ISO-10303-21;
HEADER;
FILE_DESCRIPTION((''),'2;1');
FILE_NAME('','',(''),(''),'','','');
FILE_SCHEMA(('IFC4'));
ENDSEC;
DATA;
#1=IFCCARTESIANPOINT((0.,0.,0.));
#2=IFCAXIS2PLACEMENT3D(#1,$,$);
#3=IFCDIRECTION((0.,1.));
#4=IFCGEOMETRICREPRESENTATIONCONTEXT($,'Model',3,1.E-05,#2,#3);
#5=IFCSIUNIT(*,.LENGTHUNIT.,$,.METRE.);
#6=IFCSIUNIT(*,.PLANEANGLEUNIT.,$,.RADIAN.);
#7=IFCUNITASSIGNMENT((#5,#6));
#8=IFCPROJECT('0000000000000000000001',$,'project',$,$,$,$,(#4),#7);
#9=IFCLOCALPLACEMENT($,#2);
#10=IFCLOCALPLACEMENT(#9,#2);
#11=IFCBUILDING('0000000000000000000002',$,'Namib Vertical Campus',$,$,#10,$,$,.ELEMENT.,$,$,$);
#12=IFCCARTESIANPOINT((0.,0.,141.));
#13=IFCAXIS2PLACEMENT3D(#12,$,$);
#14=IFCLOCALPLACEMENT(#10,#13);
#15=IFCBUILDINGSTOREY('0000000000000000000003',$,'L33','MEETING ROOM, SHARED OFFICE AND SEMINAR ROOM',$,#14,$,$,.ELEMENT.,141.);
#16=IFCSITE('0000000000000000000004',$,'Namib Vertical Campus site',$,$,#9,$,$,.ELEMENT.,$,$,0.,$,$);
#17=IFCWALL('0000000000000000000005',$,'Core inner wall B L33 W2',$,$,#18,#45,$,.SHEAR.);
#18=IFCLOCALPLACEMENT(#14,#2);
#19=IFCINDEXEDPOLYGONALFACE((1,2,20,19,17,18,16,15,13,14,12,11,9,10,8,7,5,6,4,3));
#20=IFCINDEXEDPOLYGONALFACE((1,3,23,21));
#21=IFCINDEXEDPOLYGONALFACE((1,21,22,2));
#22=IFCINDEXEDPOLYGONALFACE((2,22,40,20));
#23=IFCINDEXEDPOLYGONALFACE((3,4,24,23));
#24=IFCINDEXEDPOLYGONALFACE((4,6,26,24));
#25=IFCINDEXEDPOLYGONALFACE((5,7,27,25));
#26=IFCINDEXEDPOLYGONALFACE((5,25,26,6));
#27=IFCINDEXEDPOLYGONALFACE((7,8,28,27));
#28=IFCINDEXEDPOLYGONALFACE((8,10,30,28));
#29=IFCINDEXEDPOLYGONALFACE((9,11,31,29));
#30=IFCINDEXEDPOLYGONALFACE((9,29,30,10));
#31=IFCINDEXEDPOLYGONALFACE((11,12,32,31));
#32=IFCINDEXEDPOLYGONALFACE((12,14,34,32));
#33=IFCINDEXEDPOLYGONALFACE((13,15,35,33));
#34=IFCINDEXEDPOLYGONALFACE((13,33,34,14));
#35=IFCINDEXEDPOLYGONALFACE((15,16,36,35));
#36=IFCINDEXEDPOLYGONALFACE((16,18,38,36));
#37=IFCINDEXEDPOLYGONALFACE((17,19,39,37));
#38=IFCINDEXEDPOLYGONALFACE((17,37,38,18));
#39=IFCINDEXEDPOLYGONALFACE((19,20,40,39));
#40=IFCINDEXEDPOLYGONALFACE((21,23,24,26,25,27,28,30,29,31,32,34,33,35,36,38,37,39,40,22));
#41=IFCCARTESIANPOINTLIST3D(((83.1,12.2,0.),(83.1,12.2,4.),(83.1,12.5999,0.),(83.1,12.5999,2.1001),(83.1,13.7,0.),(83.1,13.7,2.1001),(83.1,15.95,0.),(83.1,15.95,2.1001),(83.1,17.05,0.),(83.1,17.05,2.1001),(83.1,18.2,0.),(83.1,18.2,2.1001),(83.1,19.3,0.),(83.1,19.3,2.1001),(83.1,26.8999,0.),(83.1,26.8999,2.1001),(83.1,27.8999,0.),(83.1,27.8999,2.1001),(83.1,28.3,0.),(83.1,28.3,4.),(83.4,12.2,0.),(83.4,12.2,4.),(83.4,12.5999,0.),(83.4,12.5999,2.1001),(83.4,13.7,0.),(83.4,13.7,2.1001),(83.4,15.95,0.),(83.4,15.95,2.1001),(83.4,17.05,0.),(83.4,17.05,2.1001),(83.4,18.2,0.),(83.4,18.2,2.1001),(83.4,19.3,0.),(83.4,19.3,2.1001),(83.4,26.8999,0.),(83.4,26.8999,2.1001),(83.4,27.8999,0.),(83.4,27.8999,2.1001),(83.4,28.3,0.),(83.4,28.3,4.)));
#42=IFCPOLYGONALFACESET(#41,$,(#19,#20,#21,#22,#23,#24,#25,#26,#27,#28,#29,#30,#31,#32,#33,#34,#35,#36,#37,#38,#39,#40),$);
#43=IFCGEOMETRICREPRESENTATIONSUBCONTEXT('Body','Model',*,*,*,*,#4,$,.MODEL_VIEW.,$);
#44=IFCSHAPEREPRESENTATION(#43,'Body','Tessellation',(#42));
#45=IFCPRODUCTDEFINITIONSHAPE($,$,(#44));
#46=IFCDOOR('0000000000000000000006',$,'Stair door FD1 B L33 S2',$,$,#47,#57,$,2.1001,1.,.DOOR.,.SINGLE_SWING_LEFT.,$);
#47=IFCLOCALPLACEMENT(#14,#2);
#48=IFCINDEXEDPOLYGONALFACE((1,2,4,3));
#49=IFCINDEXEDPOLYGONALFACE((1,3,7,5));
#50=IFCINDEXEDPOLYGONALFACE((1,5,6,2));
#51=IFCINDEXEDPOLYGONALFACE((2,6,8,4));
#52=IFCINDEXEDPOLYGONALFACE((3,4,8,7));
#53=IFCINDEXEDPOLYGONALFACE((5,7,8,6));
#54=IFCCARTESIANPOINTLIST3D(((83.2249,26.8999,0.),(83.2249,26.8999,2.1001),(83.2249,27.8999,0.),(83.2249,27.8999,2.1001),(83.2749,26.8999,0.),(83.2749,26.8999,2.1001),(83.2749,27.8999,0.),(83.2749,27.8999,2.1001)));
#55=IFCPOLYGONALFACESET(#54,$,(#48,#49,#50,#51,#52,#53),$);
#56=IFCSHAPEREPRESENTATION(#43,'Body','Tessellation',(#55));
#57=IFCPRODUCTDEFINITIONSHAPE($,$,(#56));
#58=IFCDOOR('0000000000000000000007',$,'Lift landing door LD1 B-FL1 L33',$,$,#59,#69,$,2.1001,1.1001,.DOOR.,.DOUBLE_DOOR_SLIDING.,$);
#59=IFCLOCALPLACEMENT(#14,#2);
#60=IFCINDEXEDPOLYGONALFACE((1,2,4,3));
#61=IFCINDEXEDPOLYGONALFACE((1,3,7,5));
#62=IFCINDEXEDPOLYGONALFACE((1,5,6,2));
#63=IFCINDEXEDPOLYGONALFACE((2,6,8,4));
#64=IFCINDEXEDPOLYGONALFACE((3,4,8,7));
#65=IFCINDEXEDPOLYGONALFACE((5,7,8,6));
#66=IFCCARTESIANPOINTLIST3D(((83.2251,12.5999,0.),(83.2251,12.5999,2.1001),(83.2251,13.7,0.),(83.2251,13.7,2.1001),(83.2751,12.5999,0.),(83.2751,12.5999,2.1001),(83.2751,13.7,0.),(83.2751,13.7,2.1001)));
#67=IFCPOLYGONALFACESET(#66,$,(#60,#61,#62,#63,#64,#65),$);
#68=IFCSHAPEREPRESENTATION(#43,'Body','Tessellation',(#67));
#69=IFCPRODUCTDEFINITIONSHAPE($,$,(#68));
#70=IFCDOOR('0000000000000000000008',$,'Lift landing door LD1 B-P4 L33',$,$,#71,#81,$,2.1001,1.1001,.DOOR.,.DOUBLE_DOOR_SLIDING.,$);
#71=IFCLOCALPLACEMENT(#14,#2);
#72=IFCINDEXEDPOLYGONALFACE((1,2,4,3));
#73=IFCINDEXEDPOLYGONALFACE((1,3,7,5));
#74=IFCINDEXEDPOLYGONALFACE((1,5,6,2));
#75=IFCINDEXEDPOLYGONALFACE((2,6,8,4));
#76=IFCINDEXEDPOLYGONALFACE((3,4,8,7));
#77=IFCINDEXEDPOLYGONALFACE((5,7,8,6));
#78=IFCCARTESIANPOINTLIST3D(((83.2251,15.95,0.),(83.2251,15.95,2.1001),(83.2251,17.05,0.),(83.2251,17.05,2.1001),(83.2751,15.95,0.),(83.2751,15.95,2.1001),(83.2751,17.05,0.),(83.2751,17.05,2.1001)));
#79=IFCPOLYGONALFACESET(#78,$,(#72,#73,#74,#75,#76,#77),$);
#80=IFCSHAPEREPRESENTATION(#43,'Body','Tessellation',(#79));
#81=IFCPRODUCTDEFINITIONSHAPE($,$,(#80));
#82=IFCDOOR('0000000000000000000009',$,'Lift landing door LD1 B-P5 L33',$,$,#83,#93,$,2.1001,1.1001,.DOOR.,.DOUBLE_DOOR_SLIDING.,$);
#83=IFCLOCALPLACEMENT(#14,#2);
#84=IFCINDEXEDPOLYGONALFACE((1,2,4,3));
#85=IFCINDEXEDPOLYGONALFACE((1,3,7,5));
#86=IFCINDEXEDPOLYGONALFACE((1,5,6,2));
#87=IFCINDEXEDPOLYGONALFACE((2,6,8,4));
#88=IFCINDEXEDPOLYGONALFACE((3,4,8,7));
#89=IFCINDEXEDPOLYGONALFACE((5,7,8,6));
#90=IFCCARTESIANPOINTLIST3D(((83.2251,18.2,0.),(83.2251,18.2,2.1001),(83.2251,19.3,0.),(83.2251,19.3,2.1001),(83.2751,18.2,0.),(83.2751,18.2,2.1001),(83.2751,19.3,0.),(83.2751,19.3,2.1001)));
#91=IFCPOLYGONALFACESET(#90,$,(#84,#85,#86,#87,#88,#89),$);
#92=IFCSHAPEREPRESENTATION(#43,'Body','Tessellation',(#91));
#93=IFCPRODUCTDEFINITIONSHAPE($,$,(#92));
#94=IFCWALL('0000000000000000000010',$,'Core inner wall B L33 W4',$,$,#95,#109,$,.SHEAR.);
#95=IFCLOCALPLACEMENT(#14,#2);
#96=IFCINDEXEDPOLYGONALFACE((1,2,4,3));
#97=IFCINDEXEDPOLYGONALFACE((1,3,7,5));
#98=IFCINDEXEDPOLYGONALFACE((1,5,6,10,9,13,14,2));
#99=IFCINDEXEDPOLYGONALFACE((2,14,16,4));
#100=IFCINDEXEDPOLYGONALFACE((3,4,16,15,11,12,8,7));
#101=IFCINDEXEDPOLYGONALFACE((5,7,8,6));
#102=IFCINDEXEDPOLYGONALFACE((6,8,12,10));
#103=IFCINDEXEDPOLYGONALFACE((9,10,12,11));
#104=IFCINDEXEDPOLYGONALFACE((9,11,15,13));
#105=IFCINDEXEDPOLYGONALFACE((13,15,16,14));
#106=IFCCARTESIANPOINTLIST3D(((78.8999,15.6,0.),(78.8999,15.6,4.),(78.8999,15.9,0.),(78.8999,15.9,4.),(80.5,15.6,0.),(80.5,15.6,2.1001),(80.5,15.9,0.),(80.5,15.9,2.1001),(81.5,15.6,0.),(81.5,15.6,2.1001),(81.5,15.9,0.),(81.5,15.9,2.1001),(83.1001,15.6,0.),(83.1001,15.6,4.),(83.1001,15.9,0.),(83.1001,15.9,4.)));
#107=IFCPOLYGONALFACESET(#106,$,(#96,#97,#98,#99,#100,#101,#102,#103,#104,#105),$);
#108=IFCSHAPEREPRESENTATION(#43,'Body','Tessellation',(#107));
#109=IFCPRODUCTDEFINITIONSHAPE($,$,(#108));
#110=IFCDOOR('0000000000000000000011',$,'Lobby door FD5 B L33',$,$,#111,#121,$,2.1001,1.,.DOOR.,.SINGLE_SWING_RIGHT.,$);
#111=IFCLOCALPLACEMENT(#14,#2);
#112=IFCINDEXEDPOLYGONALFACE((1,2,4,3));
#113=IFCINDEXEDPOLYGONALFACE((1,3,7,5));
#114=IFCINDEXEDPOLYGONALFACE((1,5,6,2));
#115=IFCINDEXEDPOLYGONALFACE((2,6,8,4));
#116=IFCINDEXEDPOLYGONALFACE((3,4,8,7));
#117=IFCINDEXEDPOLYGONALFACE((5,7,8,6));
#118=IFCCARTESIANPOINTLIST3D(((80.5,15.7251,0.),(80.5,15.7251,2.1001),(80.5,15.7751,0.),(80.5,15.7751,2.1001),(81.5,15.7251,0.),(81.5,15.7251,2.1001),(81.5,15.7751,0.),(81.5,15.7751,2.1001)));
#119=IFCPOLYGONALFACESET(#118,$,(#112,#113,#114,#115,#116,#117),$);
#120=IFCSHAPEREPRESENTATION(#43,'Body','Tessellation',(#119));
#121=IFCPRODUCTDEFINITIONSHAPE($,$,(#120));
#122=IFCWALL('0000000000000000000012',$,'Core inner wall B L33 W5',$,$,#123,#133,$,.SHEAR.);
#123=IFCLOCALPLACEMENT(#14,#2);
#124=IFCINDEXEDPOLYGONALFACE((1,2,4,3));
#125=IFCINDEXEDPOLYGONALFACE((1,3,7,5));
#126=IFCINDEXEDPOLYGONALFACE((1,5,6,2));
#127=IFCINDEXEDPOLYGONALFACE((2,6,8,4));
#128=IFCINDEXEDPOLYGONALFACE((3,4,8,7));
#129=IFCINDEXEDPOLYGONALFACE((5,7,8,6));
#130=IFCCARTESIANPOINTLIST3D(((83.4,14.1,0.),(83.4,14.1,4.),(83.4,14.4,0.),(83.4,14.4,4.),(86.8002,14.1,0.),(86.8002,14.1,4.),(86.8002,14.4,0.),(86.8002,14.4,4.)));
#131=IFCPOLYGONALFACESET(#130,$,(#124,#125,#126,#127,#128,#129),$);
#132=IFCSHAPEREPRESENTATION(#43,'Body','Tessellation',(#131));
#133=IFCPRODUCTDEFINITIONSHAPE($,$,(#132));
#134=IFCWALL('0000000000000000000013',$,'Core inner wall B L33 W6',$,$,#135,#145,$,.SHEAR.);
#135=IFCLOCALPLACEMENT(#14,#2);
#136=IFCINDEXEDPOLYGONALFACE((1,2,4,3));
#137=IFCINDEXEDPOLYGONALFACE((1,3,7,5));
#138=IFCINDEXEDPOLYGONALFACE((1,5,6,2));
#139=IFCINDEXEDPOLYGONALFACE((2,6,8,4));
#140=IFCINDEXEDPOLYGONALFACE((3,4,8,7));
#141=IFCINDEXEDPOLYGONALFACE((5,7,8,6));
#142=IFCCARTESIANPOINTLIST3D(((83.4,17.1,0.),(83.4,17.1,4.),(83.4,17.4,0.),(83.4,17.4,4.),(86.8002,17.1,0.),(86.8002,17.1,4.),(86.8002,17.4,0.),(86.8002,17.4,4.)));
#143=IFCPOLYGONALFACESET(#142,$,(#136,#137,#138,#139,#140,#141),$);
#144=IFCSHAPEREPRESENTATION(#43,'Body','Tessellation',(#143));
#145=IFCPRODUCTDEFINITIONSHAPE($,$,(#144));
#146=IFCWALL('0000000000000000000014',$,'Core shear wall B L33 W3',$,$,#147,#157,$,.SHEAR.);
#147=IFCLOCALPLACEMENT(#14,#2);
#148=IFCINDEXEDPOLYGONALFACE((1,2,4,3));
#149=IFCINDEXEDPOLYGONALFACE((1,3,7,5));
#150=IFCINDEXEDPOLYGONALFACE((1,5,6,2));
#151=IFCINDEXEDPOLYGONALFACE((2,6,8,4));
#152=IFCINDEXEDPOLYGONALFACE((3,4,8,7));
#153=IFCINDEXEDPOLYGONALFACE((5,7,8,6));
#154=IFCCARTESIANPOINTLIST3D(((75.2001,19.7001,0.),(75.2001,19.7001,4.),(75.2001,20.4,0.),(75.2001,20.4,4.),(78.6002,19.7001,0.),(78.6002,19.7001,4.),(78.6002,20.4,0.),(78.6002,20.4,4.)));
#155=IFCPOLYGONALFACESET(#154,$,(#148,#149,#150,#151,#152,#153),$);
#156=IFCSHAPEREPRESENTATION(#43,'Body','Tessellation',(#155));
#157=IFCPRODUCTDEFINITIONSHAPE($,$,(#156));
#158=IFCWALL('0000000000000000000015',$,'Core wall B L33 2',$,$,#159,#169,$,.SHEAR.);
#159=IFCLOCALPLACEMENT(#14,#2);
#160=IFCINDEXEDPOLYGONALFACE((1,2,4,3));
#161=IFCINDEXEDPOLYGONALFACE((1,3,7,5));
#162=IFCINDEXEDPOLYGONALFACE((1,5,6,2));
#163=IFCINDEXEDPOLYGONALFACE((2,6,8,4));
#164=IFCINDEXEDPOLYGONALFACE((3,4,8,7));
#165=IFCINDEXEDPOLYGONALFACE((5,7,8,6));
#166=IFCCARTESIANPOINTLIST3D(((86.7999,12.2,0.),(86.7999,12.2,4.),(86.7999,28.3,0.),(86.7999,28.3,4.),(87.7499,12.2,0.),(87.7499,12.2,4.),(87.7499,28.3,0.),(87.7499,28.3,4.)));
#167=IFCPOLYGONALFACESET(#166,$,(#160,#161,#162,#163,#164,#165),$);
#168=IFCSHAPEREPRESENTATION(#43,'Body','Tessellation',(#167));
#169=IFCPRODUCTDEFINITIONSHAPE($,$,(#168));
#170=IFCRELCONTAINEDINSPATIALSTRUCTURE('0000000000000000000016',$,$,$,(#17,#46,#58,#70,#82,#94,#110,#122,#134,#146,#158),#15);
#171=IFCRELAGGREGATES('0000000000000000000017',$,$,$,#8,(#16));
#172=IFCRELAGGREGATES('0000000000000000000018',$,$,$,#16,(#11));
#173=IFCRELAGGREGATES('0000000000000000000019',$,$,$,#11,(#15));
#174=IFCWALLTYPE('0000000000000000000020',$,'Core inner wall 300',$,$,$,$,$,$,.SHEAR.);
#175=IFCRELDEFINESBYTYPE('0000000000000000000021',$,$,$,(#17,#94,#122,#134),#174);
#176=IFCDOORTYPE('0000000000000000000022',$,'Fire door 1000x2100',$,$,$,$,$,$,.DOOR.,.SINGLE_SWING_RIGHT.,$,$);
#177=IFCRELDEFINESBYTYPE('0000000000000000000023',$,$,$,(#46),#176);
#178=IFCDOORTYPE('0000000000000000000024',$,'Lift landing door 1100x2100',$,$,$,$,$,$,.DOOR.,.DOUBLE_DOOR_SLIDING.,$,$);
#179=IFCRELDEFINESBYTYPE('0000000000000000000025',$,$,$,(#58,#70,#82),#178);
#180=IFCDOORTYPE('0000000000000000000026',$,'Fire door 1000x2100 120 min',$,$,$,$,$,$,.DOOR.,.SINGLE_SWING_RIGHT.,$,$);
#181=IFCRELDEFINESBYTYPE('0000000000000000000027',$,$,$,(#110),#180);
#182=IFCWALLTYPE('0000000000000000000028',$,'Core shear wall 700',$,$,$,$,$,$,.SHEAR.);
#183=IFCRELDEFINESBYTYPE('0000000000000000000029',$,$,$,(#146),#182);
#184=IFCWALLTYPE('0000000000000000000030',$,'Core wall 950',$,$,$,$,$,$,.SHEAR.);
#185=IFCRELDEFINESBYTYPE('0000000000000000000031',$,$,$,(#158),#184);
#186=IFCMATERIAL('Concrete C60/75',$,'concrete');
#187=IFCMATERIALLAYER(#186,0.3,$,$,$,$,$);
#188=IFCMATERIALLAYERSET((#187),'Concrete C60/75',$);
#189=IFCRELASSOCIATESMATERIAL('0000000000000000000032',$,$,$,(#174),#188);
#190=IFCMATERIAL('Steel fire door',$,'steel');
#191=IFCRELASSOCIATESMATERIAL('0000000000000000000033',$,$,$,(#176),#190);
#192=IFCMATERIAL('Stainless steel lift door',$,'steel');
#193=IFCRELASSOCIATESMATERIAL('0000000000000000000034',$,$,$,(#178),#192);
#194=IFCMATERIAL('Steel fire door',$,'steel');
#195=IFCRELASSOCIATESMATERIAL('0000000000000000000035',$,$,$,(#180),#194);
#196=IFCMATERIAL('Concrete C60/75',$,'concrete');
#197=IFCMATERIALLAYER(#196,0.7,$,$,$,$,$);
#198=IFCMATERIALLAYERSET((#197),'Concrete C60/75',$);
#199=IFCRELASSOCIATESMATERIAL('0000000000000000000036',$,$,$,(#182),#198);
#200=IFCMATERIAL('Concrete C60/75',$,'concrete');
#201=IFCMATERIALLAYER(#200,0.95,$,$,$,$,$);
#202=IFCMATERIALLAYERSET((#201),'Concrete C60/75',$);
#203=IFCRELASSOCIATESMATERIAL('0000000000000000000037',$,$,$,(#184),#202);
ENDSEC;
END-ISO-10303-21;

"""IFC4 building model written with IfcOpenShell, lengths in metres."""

from ifc_helpers import new_model, si_unit, direction, frame, frame_2d, origin, place, context, subcontext, project, spatial, rectangle, extrude, material, layer, layer_set, type_object, element, fill, save


model = new_model("IFC4")

# Units and contexts
model_context = context("Model", 3, precision=1e-05, world=origin(), true_north=direction((0.0, 1.0)))
body_context = subcontext(model_context, "Body", "Model", "MODEL_VIEW")
ifc_project = project(units=[si_unit("LENGTHUNIT", "METRE"), si_unit("PLANEANGLEUNIT", "RADIAN")], contexts=[model_context])

# Site, building, storey
site_placement = place(None, origin())
site = spatial("IfcSite", under=ifc_project, at=site_placement, Name="Namib Vertical Campus site", CompositionType="ELEMENT", RefElevation=0.0)
building_placement = place(site_placement, origin())
building = spatial("IfcBuilding", under=site, at=building_placement, Name="Namib Vertical Campus", CompositionType="ELEMENT")
storey_placement = place(building_placement, frame((0.0, 0.0, 141.0)))
storey = spatial("IfcBuildingStorey", under=building, at=storey_placement, Name="L33", Description="MEETING ROOM, SHARED OFFICE AND SEMINAR ROOM", CompositionType="ELEMENT", Elevation=141.0)

# Wall, openings, doors
ifc_material_1 = material(Name="Concrete C60/75", Category="concrete")
ifc_layer_1 = layer(ifc_material_1, 0.3)
ifc_layer_set_1 = layer_set([ifc_layer_1], Name="Concrete C60/75")
wall_type_1 = type_object("IfcWallType", Name="Core inner wall 300", PredefinedType="SHEAR", material=ifc_layer_set_1)
ifc_material_2 = material(Name="Steel fire door", Category="steel")
door_type_1 = type_object("IfcDoorType", Name="Fire door 1000x2100", OperationType="SINGLE_SWING_RIGHT", PredefinedType="DOOR", material=ifc_material_2)
ifc_material_3 = material(Name="Stainless steel lift door", Category="steel")
door_type_2 = type_object("IfcDoorType", Name="Lift landing door 1100x2100", OperationType="DOUBLE_DOOR_SLIDING", PredefinedType="DOOR", material=ifc_material_3)
wall_1_placement = place(storey_placement, frame((83.25, 12.2, 0.0), z_axis=(0.0, 0.0, 1.0), x_axis=(0.0, 1.0, 0.0)))
wall_1 = element("IfcWall", 1, at=wall_1_placement, inside=storey, type_object=wall_type_1, Name="Core inner wall B L33 W2", PredefinedType="SHEAR", context=body_context, shape_type="SweptSolid", body=[
    extrude(rectangle(XDim=16.1001, YDim=0.3, at=frame_2d((8.05, 0.0))), origin(), (0.0, 0.0, 1.0), 4.0),
])
opening_1_placement = place(wall_1_placement, frame((14.7, 0.0, 0.0)))
opening_1 = element("IfcOpeningElement", 2, at=opening_1_placement, cuts=wall_1, PredefinedType="OPENING", context=body_context, shape_type="SweptSolid", body=[
    extrude(rectangle(XDim=1.0, YDim=2.1001, at=frame_2d((0.5, 1.05))), frame((0.0, 0.1599, 0.0), z_axis=(0.0, -1.0, 0.0), x_axis=(1.0, 0.0, 0.0)), (0.0, 0.0, 1.0), 0.3201),
])
opening_2_placement = place(wall_1_placement, frame((0.3999, 0.0, 0.0)))
opening_2 = element("IfcOpeningElement", 3, at=opening_2_placement, cuts=wall_1, PredefinedType="OPENING", context=body_context, shape_type="SweptSolid", body=[
    extrude(rectangle(XDim=1.1001, YDim=2.1001, at=frame_2d((0.55, 1.05))), frame((0.0, 0.1599, 0.0), z_axis=(0.0, -1.0, 0.0), x_axis=(1.0, 0.0, 0.0)), (0.0, 0.0, 1.0), 0.3201),
])
opening_3_placement = place(wall_1_placement, frame((3.75, 0.0, 0.0)))
opening_3 = element("IfcOpeningElement", 4, at=opening_3_placement, cuts=wall_1, PredefinedType="OPENING", context=body_context, shape_type="SweptSolid", body=[
    extrude(rectangle(XDim=1.1001, YDim=2.1001, at=frame_2d((0.55, 1.05))), frame((0.0, 0.1599, 0.0), z_axis=(0.0, -1.0, 0.0), x_axis=(1.0, 0.0, 0.0)), (0.0, 0.0, 1.0), 0.3201),
])
opening_4_placement = place(wall_1_placement, frame((6.0, 0.0, 0.0)))
opening_4 = element("IfcOpeningElement", 5, at=opening_4_placement, cuts=wall_1, PredefinedType="OPENING", context=body_context, shape_type="SweptSolid", body=[
    extrude(rectangle(XDim=1.1001, YDim=2.1001, at=frame_2d((0.55, 1.05))), frame((0.0, 0.1599, 0.0), z_axis=(0.0, -1.0, 0.0), x_axis=(1.0, 0.0, 0.0)), (0.0, 0.0, 1.0), 0.3201),
])
door_1_placement = place(opening_1_placement, frame((1.0, 0.0, 0.0), z_axis=(0.0, 0.0, 1.0), x_axis=(-1.0, 0.0, 0.0)))
door_1 = element("IfcDoor", 6, at=door_1_placement, inside=storey, type_object=door_type_1, Name="Stair door FD1 B L33 S2", OperationType="SINGLE_SWING_LEFT", OverallHeight=2.1001, OverallWidth=1.0, PredefinedType="DOOR", context=body_context, shape_type="SweptSolid", body=[
    extrude(rectangle(XDim=1.0, YDim=2.1001, at=frame_2d((0.5, 1.05))), frame((0.0, 0.0249, 0.0), z_axis=(0.0, -1.0, 0.0), x_axis=(1.0, 0.0, 0.0)), (0.0, 0.0, 1.0), 0.05),
])
fill(opening_1, door_1)
door_2_placement = place(opening_2_placement, origin())
door_2 = element("IfcDoor", 7, at=door_2_placement, inside=storey, type_object=door_type_2, Name="Lift landing door LD1 B-FL1 L33", OperationType="DOUBLE_DOOR_SLIDING", OverallHeight=2.1001, OverallWidth=1.1001, PredefinedType="DOOR", context=body_context, shape_type="SweptSolid", body=[
    extrude(rectangle(XDim=1.1001, YDim=2.1001, at=frame_2d((0.55, 1.05))), frame((0.0, 0.0249, 0.0), z_axis=(0.0, -1.0, 0.0), x_axis=(1.0, 0.0, 0.0)), (0.0, 0.0, 1.0), 0.05),
])
fill(opening_2, door_2)
door_3_placement = place(opening_3_placement, origin())
door_3 = element("IfcDoor", 8, at=door_3_placement, inside=storey, type_object=door_type_2, Name="Lift landing door LD1 B-P4 L33", OperationType="DOUBLE_DOOR_SLIDING", OverallHeight=2.1001, OverallWidth=1.1001, PredefinedType="DOOR", context=body_context, shape_type="SweptSolid", body=[
    extrude(rectangle(XDim=1.1001, YDim=2.1001, at=frame_2d((0.55, 1.05))), frame((0.0, 0.0249, 0.0), z_axis=(0.0, -1.0, 0.0), x_axis=(1.0, 0.0, 0.0)), (0.0, 0.0, 1.0), 0.05),
])
fill(opening_3, door_3)
door_4_placement = place(opening_4_placement, origin())
door_4 = element("IfcDoor", 9, at=door_4_placement, inside=storey, type_object=door_type_2, Name="Lift landing door LD1 B-P5 L33", OperationType="DOUBLE_DOOR_SLIDING", OverallHeight=2.1001, OverallWidth=1.1001, PredefinedType="DOOR", context=body_context, shape_type="SweptSolid", body=[
    extrude(rectangle(XDim=1.1001, YDim=2.1001, at=frame_2d((0.55, 1.05))), frame((0.0, 0.0249, 0.0), z_axis=(0.0, -1.0, 0.0), x_axis=(1.0, 0.0, 0.0)), (0.0, 0.0, 1.0), 0.05),
])
fill(opening_4, door_4)

# Wall, opening, door
wall_2_placement = place(storey_placement, frame((78.8999, 15.75, 0.0), z_axis=(0.0, 0.0, 1.0), x_axis=(1.0, 0.0, 0.0)))
wall_2 = element("IfcWall", 10, at=wall_2_placement, inside=storey, type_object=wall_type_1, Name="Core inner wall B L33 W4", PredefinedType="SHEAR", context=body_context, shape_type="SweptSolid", body=[
    extrude(rectangle(XDim=4.2002, YDim=0.3, at=frame_2d((2.1001, 0.0))), origin(), (0.0, 0.0, 1.0), 4.0),
])
opening_5_placement = place(wall_2_placement, frame((1.6001, 0.0, 0.0)))
opening_5 = element("IfcOpeningElement", 11, at=opening_5_placement, cuts=wall_2, PredefinedType="OPENING", context=body_context, shape_type="SweptSolid", body=[
    extrude(rectangle(XDim=1.0, YDim=2.1001, at=frame_2d((0.5, 1.05))), frame((0.0, 0.1599, 0.0), z_axis=(0.0, -1.0, 0.0), x_axis=(1.0, 0.0, 0.0)), (0.0, 0.0, 1.0), 0.3201),
])
ifc_material_4 = material(Name="Steel fire door", Category="steel")
door_type_3 = type_object("IfcDoorType", Name="Fire door 1000x2100 120 min", OperationType="SINGLE_SWING_RIGHT", PredefinedType="DOOR", material=ifc_material_4)
door_5_placement = place(opening_5_placement, frame((1.0, 0.0, 0.0), z_axis=(0.0, 0.0, 1.0), x_axis=(-1.0, 0.0, 0.0)))
door_5 = element("IfcDoor", 12, at=door_5_placement, inside=storey, type_object=door_type_3, Name="Lobby door FD5 B L33", OperationType="SINGLE_SWING_RIGHT", OverallHeight=2.1001, OverallWidth=1.0, PredefinedType="DOOR", context=body_context, shape_type="SweptSolid", body=[
    extrude(rectangle(XDim=1.0, YDim=2.1001, at=frame_2d((0.5, 1.05))), frame((0.0, 0.0249, 0.0), z_axis=(0.0, -1.0, 0.0), x_axis=(1.0, 0.0, 0.0)), (0.0, 0.0, 1.0), 0.05),
])
fill(opening_5, door_5)

# Walls
for number, where, z_axis, x_axis, name in (
    (13, (83.3999, 14.25, 0.0), (0.0, 0.0, 1.0), (1.0, 0.0, 0.0), "Core inner wall B L33 W5"),
    (14, (83.3999, 17.25, 0.0), (0.0, 0.0, 1.0), (1.0, 0.0, 0.0), "Core inner wall B L33 W6"),
):
    element("IfcWall", number, at=place(storey_placement, frame(where, z_axis=z_axis, x_axis=x_axis)), inside=storey, type_object=wall_type_1, Name=name, PredefinedType="SHEAR", context=body_context, shape_type="SweptSolid", body=[
        extrude(rectangle(XDim=3.4001, YDim=0.3, at=frame_2d((1.7002, 0.0))), origin(), (0.0, 0.0, 1.0), 4.0),
    ])
ifc_material_5 = material(Name="Concrete C60/75", Category="concrete")
ifc_layer_2 = layer(ifc_material_5, 0.7)
ifc_layer_set_2 = layer_set([ifc_layer_2], Name="Concrete C60/75")
wall_type_2 = type_object("IfcWallType", Name="Core shear wall 700", PredefinedType="SHEAR", material=ifc_layer_set_2)
wall_3_placement = place(storey_placement, frame((75.2, 20.05, 0.0), z_axis=(0.0, 0.0, 1.0), x_axis=(1.0, 0.0, 0.0)))
element("IfcWall", 15, at=wall_3_placement, inside=storey, type_object=wall_type_2, Name="Core shear wall B L33 W3", PredefinedType="SHEAR", context=body_context, shape_type="SweptSolid", body=[
    extrude(rectangle(XDim=3.4001, YDim=0.7, at=frame_2d((1.7002, 0.0))), origin(), (0.0, 0.0, 1.0), 4.0),
])
ifc_material_6 = material(Name="Concrete C60/75", Category="concrete")
ifc_layer_3 = layer(ifc_material_6, 0.95)
ifc_layer_set_3 = layer_set([ifc_layer_3], Name="Concrete C60/75")
wall_type_3 = type_object("IfcWallType", Name="Core wall 950", PredefinedType="SHEAR", material=ifc_layer_set_3)
wall_4_placement = place(storey_placement, frame((87.2749, 12.2, 0.0), z_axis=(0.0, 0.0, 1.0), x_axis=(0.0, 1.0, 0.0)))
element("IfcWall", 16, at=wall_4_placement, inside=storey, type_object=wall_type_3, Name="Core wall B L33 2", PredefinedType="SHEAR", context=body_context, shape_type="SweptSolid", body=[
    extrude(rectangle(XDim=16.1001, YDim=0.95, at=frame_2d((8.05, 0.0))), origin(), (0.0, 0.0, 1.0), 4.0),
])

save(model, "model.ifc")
